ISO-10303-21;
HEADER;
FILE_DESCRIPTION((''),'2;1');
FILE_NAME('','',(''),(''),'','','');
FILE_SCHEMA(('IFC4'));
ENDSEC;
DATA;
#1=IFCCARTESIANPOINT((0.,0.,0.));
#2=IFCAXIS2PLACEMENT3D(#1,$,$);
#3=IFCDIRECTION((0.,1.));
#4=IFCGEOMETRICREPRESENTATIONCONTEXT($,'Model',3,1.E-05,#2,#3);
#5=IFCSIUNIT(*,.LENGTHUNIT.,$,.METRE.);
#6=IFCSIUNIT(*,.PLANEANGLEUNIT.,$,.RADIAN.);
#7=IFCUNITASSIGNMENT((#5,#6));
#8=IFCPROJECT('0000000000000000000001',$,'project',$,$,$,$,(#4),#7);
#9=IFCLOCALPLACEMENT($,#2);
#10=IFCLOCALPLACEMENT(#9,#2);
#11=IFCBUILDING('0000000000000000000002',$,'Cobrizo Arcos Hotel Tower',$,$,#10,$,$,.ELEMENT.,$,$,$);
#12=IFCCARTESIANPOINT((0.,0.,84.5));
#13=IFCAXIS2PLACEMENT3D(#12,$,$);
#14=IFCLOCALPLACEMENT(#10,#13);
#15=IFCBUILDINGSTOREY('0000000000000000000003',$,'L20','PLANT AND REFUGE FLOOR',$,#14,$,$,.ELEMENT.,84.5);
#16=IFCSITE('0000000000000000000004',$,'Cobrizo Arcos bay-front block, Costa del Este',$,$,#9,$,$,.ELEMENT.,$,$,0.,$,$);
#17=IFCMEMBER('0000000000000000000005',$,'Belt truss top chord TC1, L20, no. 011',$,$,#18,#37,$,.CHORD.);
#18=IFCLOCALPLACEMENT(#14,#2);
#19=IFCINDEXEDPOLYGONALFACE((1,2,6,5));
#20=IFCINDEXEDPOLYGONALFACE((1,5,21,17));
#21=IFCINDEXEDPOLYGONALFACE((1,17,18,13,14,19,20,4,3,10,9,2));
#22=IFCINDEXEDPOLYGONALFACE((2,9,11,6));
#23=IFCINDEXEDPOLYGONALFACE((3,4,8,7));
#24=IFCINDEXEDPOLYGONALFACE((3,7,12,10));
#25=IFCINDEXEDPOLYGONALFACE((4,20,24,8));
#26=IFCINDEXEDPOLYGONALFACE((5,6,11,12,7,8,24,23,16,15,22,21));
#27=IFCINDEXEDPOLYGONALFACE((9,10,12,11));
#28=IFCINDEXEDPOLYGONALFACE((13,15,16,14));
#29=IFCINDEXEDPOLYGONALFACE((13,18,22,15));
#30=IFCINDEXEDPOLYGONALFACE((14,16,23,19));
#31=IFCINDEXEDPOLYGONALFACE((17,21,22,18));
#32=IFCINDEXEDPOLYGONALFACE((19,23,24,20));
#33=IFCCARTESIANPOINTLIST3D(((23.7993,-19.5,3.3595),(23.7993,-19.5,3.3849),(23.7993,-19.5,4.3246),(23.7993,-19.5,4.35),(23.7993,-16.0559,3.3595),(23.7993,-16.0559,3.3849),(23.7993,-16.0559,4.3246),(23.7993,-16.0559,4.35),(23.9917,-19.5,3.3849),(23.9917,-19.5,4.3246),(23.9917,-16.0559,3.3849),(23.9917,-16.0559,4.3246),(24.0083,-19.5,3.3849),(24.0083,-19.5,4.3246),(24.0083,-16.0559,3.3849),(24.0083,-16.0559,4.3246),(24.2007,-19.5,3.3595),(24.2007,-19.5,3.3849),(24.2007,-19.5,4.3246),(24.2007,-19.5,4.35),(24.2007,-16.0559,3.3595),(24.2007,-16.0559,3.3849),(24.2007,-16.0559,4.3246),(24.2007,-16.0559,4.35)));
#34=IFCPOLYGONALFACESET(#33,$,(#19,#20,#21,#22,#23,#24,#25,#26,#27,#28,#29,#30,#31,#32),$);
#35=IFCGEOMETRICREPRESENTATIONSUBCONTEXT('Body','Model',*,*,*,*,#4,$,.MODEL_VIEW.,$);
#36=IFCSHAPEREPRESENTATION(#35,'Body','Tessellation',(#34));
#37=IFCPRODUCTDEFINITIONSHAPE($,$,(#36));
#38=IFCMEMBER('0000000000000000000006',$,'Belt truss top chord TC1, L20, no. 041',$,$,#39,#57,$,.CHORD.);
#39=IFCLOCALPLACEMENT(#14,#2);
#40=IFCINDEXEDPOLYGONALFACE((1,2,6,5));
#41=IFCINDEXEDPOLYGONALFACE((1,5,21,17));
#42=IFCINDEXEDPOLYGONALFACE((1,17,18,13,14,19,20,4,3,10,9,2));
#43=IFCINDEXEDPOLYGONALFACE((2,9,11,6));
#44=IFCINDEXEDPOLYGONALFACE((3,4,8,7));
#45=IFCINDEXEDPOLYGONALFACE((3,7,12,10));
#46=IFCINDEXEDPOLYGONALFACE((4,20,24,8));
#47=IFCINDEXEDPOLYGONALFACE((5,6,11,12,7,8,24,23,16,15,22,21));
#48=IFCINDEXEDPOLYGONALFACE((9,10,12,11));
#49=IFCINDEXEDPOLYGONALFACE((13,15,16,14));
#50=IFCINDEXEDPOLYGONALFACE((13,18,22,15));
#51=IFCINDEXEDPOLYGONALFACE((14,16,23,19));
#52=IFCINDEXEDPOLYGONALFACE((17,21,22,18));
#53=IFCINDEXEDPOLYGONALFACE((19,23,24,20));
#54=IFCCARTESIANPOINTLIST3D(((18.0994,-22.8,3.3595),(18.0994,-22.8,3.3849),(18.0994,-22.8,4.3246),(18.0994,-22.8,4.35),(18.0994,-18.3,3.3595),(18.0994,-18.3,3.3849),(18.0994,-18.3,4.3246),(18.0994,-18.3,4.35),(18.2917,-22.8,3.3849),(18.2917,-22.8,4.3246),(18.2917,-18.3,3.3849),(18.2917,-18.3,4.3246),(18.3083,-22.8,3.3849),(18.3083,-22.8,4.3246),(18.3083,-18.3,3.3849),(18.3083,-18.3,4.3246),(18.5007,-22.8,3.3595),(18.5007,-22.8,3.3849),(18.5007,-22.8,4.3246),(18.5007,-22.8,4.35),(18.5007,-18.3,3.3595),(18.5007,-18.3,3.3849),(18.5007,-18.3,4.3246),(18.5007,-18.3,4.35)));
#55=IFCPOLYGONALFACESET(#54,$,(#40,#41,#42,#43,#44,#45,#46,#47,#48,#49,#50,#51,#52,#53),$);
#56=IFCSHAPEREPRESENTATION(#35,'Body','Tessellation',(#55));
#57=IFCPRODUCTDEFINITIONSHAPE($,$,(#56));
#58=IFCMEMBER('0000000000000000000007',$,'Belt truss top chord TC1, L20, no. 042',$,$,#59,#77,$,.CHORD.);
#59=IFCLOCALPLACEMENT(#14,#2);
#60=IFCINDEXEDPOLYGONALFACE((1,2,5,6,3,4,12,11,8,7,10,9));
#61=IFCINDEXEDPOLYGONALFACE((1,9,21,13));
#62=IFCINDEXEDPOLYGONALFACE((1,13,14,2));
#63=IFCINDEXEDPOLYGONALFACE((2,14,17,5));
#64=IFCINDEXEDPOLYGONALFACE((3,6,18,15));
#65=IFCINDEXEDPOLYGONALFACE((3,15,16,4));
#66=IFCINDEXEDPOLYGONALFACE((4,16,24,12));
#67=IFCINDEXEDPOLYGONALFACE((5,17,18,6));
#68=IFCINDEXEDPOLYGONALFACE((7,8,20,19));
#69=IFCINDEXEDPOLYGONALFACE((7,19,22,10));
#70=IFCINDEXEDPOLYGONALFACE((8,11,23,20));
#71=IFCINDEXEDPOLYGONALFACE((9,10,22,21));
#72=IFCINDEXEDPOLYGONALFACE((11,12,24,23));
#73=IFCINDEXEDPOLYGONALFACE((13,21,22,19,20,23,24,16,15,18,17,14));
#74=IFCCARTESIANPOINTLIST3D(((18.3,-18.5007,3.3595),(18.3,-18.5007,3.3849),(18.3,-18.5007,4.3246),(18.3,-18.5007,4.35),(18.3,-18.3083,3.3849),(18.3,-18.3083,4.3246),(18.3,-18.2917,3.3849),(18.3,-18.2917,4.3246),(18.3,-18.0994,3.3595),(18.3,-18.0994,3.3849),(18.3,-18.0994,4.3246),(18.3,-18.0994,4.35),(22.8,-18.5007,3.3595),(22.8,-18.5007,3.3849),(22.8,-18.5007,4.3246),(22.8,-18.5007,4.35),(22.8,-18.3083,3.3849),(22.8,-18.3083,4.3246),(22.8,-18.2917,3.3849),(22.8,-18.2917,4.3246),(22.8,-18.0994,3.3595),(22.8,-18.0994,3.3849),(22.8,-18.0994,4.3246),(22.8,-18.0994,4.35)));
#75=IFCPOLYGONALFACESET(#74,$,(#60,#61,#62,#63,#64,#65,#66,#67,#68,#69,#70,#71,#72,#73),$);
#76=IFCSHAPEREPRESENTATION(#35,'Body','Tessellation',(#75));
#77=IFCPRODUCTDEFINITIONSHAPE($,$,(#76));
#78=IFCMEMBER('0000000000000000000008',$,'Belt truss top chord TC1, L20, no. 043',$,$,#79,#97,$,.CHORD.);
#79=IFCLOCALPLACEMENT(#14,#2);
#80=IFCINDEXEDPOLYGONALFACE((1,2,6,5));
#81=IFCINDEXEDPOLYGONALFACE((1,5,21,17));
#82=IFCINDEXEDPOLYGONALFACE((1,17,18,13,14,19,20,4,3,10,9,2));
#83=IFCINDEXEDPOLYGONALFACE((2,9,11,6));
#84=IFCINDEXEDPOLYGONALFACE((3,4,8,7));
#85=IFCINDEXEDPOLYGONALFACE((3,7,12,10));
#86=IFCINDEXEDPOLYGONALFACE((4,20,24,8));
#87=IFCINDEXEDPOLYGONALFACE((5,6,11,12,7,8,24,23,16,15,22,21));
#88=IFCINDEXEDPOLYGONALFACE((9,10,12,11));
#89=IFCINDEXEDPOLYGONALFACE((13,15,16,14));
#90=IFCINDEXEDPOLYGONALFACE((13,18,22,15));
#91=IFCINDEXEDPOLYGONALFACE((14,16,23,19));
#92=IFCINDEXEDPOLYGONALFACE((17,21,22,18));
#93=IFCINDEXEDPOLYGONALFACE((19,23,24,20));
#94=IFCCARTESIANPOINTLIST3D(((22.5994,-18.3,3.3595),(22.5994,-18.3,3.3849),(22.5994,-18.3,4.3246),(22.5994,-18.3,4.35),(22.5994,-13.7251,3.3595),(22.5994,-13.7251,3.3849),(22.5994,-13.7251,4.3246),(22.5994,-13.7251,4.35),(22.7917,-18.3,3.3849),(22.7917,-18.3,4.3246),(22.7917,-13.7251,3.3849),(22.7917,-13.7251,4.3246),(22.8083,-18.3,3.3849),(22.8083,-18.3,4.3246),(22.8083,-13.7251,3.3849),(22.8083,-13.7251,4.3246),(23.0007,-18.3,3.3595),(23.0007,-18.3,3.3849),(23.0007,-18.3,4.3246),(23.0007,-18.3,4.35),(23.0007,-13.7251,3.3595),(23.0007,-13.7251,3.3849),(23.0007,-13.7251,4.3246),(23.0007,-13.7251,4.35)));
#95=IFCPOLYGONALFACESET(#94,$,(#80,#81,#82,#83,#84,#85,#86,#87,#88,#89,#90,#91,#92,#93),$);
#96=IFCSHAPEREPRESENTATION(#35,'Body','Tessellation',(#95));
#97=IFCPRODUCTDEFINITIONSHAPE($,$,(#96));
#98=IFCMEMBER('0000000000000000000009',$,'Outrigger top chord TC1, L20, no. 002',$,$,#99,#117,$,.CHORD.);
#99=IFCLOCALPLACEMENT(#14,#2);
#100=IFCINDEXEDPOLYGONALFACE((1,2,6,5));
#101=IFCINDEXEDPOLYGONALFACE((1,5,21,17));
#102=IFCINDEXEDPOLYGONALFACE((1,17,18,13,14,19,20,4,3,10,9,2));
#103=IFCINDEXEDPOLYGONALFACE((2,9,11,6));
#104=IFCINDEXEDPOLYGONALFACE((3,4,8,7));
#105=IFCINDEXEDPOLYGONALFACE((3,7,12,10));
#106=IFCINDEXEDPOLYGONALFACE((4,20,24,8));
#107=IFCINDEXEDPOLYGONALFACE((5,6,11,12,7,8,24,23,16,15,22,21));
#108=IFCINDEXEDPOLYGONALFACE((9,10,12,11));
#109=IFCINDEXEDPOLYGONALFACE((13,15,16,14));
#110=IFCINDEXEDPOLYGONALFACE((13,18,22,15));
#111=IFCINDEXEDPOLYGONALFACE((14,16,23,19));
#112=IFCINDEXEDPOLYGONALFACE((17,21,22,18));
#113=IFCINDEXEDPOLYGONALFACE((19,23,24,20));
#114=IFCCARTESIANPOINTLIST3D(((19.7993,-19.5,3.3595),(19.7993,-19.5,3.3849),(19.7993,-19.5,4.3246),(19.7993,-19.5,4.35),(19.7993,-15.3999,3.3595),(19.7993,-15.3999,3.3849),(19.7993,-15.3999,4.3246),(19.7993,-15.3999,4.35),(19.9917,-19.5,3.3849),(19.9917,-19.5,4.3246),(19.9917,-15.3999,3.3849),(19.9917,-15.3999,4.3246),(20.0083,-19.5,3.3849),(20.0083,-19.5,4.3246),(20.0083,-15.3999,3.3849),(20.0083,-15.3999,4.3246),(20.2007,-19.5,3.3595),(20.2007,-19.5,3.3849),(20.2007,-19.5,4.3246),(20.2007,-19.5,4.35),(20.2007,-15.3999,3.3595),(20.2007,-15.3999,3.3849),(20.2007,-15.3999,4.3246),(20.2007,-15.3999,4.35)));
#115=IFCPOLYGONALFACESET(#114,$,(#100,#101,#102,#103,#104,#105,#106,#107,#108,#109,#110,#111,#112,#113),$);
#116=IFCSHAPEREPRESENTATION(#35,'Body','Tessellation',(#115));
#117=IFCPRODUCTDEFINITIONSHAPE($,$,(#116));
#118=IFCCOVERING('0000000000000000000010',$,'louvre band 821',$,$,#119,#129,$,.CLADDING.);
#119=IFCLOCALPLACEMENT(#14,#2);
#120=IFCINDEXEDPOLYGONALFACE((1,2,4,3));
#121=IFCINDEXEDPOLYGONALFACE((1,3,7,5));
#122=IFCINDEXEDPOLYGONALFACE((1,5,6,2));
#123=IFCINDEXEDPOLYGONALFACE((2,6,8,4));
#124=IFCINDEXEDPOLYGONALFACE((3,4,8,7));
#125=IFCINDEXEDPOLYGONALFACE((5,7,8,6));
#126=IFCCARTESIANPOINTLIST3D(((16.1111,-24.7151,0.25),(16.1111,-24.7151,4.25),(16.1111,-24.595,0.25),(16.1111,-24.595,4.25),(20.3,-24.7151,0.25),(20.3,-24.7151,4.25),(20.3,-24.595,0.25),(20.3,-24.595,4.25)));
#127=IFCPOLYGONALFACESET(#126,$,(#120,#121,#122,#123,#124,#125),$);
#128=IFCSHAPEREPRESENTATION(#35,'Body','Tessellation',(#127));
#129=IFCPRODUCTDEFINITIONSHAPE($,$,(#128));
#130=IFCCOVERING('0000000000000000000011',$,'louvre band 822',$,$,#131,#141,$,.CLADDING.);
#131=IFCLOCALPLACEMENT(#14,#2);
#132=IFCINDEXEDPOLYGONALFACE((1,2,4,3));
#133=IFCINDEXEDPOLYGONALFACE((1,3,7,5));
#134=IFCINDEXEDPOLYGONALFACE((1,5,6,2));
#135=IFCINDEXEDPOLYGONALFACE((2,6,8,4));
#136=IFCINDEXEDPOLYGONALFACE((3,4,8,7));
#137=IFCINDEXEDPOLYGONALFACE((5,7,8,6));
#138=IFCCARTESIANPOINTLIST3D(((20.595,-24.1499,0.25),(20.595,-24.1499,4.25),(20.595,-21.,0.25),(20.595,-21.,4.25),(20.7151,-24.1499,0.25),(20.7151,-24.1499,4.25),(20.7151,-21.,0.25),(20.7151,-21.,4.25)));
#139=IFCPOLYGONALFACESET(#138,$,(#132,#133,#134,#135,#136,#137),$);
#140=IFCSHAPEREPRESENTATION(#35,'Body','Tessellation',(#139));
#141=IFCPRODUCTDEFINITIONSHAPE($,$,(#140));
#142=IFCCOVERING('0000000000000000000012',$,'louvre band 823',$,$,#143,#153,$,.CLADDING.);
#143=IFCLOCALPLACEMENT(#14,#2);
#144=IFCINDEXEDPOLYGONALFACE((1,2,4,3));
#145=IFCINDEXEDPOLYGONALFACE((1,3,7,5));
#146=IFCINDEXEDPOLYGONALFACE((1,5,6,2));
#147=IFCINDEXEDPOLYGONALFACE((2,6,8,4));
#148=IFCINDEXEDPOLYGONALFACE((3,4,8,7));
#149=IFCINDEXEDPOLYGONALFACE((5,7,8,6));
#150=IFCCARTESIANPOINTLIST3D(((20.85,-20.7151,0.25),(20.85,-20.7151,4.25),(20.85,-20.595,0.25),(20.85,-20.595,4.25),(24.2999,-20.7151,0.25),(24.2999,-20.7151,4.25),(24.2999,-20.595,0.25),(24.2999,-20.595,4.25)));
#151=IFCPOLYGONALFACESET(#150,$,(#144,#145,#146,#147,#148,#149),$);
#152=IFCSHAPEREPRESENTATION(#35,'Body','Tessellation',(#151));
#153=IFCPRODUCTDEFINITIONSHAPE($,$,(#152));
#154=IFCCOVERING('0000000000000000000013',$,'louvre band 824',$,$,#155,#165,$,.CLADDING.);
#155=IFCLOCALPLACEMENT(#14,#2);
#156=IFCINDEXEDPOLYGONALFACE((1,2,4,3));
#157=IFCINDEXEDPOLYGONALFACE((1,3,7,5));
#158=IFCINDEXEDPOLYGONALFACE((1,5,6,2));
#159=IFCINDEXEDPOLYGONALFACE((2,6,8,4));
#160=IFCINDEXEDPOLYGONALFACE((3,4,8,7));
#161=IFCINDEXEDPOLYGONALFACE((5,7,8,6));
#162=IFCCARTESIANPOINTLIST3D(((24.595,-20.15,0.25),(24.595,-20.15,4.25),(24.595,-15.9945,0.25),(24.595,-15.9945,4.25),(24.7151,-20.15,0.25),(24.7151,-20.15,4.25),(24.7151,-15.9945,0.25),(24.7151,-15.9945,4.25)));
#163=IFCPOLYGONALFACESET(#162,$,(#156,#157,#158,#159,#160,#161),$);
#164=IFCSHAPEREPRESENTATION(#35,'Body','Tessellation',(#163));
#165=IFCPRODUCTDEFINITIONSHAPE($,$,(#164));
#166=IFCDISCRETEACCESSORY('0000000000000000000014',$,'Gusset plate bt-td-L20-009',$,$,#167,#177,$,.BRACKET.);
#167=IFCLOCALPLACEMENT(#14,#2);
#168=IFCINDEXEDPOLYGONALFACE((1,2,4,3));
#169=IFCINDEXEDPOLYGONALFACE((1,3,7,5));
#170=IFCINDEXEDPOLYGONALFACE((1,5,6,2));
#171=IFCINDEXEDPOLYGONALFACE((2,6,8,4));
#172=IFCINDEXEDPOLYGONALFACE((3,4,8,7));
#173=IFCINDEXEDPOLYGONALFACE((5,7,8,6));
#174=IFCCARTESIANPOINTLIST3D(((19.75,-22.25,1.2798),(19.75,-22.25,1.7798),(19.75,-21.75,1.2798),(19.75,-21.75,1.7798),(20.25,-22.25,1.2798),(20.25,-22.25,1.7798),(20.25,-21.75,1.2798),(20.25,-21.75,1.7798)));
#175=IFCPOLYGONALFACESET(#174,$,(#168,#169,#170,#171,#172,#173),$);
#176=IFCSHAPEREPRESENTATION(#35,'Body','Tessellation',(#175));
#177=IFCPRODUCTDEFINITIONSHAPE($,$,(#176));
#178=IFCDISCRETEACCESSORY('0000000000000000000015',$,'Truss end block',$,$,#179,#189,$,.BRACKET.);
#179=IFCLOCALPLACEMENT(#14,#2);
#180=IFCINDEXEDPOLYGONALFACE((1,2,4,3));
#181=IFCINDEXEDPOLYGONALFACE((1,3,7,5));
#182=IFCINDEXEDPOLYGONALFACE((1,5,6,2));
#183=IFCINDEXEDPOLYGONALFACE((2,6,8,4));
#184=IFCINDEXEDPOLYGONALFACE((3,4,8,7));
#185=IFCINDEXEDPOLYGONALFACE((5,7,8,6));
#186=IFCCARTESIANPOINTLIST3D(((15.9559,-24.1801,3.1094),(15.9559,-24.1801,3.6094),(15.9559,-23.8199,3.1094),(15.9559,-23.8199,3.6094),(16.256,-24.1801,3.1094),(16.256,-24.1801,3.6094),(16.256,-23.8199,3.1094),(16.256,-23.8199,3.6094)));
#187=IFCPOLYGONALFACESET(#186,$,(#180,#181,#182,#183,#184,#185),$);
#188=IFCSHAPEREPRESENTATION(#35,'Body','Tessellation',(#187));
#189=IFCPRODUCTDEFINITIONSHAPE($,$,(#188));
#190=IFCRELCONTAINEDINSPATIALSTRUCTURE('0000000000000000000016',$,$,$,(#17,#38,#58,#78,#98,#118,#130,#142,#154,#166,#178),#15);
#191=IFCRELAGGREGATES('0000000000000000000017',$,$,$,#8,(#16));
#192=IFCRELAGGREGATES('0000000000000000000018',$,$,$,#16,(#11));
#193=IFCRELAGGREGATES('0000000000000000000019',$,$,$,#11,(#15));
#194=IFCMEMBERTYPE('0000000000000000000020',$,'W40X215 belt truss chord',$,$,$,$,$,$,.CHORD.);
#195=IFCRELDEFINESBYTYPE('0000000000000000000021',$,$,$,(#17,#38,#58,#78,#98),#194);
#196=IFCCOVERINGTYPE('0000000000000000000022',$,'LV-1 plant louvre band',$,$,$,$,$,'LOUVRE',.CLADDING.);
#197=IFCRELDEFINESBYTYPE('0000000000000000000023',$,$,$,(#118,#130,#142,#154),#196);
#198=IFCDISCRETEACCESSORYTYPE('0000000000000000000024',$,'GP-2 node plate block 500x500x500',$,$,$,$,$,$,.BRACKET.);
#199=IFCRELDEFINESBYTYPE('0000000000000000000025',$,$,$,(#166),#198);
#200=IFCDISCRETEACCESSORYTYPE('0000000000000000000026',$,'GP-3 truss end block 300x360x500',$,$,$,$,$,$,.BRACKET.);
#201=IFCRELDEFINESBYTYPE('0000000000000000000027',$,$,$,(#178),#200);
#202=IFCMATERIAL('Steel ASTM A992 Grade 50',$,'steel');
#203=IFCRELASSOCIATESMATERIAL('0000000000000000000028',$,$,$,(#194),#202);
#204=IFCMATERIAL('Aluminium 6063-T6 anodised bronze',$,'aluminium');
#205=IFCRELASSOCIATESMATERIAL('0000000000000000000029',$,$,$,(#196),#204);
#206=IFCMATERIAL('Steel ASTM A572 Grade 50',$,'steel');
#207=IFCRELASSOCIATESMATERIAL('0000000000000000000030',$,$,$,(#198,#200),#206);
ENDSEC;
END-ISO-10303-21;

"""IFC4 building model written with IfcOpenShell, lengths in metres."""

from ifc_helpers import new_model, si_unit, direction, frame, origin, origin_2d, place, context, subcontext, project, spatial, rectangle, i_section, extrude, material, material_profile, profile_set, type_object, element, save


model = new_model("IFC4")

# Units and contexts
model_context = context("Model", 3, precision=1e-05, world=origin(), true_north=direction((0.0, 1.0)))
body_context = subcontext(model_context, "Body", "Model", "MODEL_VIEW")
ifc_project = project(units=[si_unit("LENGTHUNIT", "METRE"), si_unit("PLANEANGLEUNIT", "RADIAN")], contexts=[model_context])

# Site, building, storey
site_placement = place(None, origin())
site = spatial("IfcSite", under=ifc_project, at=site_placement, Name="Cobrizo Arcos bay-front block, Costa del Este", CompositionType="ELEMENT", RefElevation=0.0)
building_placement = place(site_placement, origin())
building = spatial("IfcBuilding", under=site, at=building_placement, Name="Cobrizo Arcos Hotel Tower", CompositionType="ELEMENT")
storey_placement = place(building_placement, frame((0.0, 0.0, 84.5)))
storey = spatial("IfcBuildingStorey", under=building, at=storey_placement, Name="L20", Description="PLANT AND REFUGE FLOOR", CompositionType="ELEMENT", Elevation=84.5)

# Shared definitions
ifc_material_1 = material(Name="Aluminium 6063-T6 anodised bronze", Category="aluminium")

# Members
ifc_material_2 = material(Name="Steel ASTM A992 Grade 50", Category="steel")
ifc_material_profile_1 = material_profile(ifc_material_2, i_section(OverallWidth=0.4014, OverallDepth=0.9905, WebThickness=0.0166, FlangeThickness=0.0254, at=origin_2d()), Name="W40X215")
ifc_profile_set_1 = profile_set([ifc_material_profile_1], Name="Steel ASTM A992 Grade 50")
member_type_1 = type_object("IfcMemberType", Name="W40X215 belt truss chord", PredefinedType="CHORD", material=ifc_profile_set_1)
member_1_placement = place(storey_placement, frame((24.0, -19.5, 3.8547), z_axis=(0.0, 1.0, 0.0), x_axis=(-1.0, 0.0, 0.0)))
element("IfcMember", 1, at=member_1_placement, inside=storey, type_object=member_type_1, Name="Belt truss top chord TC1, L20, no. 011", PredefinedType="CHORD", context=body_context, shape_type="SweptSolid", body=[
    extrude(i_section(OverallWidth=0.4014, OverallDepth=0.9905, WebThickness=0.0166, FlangeThickness=0.0254, at=origin_2d()), origin(), (0.0, 0.0, 1.0), 3.4441),
])
for number, where, z_axis, x_axis, name in (
    (2, (18.3, -22.8, 3.8547), (0.0, 1.0, 0.0), (-1.0, 0.0, 0.0), "Belt truss top chord TC1, L20, no. 041"),
    (3, (18.3, -18.3, 3.8547), (1.0, 0.0, 0.0), (0.0, 1.0, 0.0), "Belt truss top chord TC1, L20, no. 042"),
):
    element("IfcMember", number, at=place(storey_placement, frame(where, z_axis=z_axis, x_axis=x_axis)), inside=storey, type_object=member_type_1, Name=name, PredefinedType="CHORD", context=body_context, shape_type="SweptSolid", body=[
        extrude(i_section(OverallWidth=0.4014, OverallDepth=0.9905, WebThickness=0.0166, FlangeThickness=0.0254, at=origin_2d()), origin(), (0.0, 0.0, 1.0), 4.5),
    ])
member_2_placement = place(storey_placement, frame((22.8, -18.3, 3.8547), z_axis=(0.0, 1.0, 0.0), x_axis=(-1.0, 0.0, 0.0)))
element("IfcMember", 4, at=member_2_placement, inside=storey, type_object=member_type_1, Name="Belt truss top chord TC1, L20, no. 043", PredefinedType="CHORD", context=body_context, shape_type="SweptSolid", body=[
    extrude(i_section(OverallWidth=0.4014, OverallDepth=0.9905, WebThickness=0.0166, FlangeThickness=0.0254, at=origin_2d()), origin(), (0.0, 0.0, 1.0), 4.575),
])
member_3_placement = place(storey_placement, frame((20.0, -15.3999, 3.8547), z_axis=(0.0, -1.0, 0.0), x_axis=(1.0, 0.0, 0.0)))
element("IfcMember", 5, at=member_3_placement, inside=storey, type_object=member_type_1, Name="Outrigger top chord TC1, L20, no. 002", PredefinedType="CHORD", context=body_context, shape_type="SweptSolid", body=[
    extrude(i_section(OverallWidth=0.4014, OverallDepth=0.9905, WebThickness=0.0166, FlangeThickness=0.0254, at=origin_2d()), origin(), (0.0, 0.0, 1.0), 4.1001),
])

# Coverings
covering_type = type_object("IfcCoveringType", Name="LV-1 plant louvre band", ElementType="LOUVRE", PredefinedType="CLADDING", material=ifc_material_1)
covering_1_placement = place(storey_placement, frame((18.2056, -24.655, 0.25), z_axis=(0.0, 0.0, 1.0), x_axis=(1.0, 0.0, 0.0)))
element("IfcCovering", 6, at=covering_1_placement, inside=storey, type_object=covering_type, Name="louvre band 821", PredefinedType="CLADDING", context=body_context, shape_type="SweptSolid", body=[
    extrude(rectangle(XDim=4.189, YDim=0.1201, at=origin_2d()), origin(), (0.0, 0.0, 1.0), 4.0),
])
covering_2_placement = place(storey_placement, frame((20.655, -22.575, 0.25), z_axis=(0.0, 0.0, 1.0), x_axis=(0.0, 1.0, 0.0)))
element("IfcCovering", 7, at=covering_2_placement, inside=storey, type_object=covering_type, Name="louvre band 822", PredefinedType="CLADDING", context=body_context, shape_type="SweptSolid", body=[
    extrude(rectangle(XDim=3.1499, YDim=0.1201, at=origin_2d()), origin(), (0.0, 0.0, 1.0), 4.0),
])
covering_3_placement = place(storey_placement, frame((22.575, -20.655, 0.25), z_axis=(0.0, 0.0, 1.0), x_axis=(1.0, 0.0, 0.0)))
element("IfcCovering", 8, at=covering_3_placement, inside=storey, type_object=covering_type, Name="louvre band 823", PredefinedType="CLADDING", context=body_context, shape_type="SweptSolid", body=[
    extrude(rectangle(XDim=3.45, YDim=0.1201, at=origin_2d()), origin(), (0.0, 0.0, 1.0), 4.0),
])
covering_4_placement = place(storey_placement, frame((24.655, -18.0723, 0.25), z_axis=(0.0, 0.0, 1.0), x_axis=(0.0, 1.0, 0.0)))
element("IfcCovering", 9, at=covering_4_placement, inside=storey, type_object=covering_type, Name="louvre band 824", PredefinedType="CLADDING", context=body_context, shape_type="SweptSolid", body=[
    extrude(rectangle(XDim=4.1555, YDim=0.1201, at=origin_2d()), origin(), (0.0, 0.0, 1.0), 4.0),
])

# Discrete accessories
ifc_material_3 = material(Name="Steel ASTM A572 Grade 50", Category="steel")
discrete_accessory_type_1 = type_object("IfcDiscreteAccessoryType", Name="GP-2 node plate block 500x500x500", PredefinedType="BRACKET", material=ifc_material_3)
discrete_accessory_placement = place(storey_placement, frame((20.0, -22.0, 1.2798), z_axis=(0.0, 0.0, 1.0), x_axis=(1.0, 0.0, 0.0)))
element("IfcDiscreteAccessory", 10, at=discrete_accessory_placement, inside=storey, type_object=discrete_accessory_type_1, Name="Gusset plate bt-td-L20-009", PredefinedType="BRACKET", context=body_context, shape_type="SweptSolid", body=[
    extrude(rectangle(XDim=0.5, YDim=0.5, at=origin_2d()), origin(), (0.0, 0.0, 1.0), 0.5),
])
discrete_accessory_type_2 = type_object("IfcDiscreteAccessoryType", Name="GP-3 truss end block 300x360x500", PredefinedType="BRACKET", material=ifc_material_3)
for number, where, z_axis, x_axis, name in (
    (11, (16.106, -24.0, 3.1094), (0.0, 0.0, 1.0), (1.0, 0.0, 0.0), "Truss end block"),
):
    element("IfcDiscreteAccessory", number, at=place(storey_placement, frame(where, z_axis=z_axis, x_axis=x_axis)), inside=storey, type_object=discrete_accessory_type_2, Name=name, PredefinedType="BRACKET", context=body_context, shape_type="SweptSolid", body=[
        extrude(rectangle(XDim=0.3, YDim=0.3601, at=origin_2d()), origin(), (0.0, 0.0, 1.0), 0.5),
    ])

save(model, "model.ifc")
